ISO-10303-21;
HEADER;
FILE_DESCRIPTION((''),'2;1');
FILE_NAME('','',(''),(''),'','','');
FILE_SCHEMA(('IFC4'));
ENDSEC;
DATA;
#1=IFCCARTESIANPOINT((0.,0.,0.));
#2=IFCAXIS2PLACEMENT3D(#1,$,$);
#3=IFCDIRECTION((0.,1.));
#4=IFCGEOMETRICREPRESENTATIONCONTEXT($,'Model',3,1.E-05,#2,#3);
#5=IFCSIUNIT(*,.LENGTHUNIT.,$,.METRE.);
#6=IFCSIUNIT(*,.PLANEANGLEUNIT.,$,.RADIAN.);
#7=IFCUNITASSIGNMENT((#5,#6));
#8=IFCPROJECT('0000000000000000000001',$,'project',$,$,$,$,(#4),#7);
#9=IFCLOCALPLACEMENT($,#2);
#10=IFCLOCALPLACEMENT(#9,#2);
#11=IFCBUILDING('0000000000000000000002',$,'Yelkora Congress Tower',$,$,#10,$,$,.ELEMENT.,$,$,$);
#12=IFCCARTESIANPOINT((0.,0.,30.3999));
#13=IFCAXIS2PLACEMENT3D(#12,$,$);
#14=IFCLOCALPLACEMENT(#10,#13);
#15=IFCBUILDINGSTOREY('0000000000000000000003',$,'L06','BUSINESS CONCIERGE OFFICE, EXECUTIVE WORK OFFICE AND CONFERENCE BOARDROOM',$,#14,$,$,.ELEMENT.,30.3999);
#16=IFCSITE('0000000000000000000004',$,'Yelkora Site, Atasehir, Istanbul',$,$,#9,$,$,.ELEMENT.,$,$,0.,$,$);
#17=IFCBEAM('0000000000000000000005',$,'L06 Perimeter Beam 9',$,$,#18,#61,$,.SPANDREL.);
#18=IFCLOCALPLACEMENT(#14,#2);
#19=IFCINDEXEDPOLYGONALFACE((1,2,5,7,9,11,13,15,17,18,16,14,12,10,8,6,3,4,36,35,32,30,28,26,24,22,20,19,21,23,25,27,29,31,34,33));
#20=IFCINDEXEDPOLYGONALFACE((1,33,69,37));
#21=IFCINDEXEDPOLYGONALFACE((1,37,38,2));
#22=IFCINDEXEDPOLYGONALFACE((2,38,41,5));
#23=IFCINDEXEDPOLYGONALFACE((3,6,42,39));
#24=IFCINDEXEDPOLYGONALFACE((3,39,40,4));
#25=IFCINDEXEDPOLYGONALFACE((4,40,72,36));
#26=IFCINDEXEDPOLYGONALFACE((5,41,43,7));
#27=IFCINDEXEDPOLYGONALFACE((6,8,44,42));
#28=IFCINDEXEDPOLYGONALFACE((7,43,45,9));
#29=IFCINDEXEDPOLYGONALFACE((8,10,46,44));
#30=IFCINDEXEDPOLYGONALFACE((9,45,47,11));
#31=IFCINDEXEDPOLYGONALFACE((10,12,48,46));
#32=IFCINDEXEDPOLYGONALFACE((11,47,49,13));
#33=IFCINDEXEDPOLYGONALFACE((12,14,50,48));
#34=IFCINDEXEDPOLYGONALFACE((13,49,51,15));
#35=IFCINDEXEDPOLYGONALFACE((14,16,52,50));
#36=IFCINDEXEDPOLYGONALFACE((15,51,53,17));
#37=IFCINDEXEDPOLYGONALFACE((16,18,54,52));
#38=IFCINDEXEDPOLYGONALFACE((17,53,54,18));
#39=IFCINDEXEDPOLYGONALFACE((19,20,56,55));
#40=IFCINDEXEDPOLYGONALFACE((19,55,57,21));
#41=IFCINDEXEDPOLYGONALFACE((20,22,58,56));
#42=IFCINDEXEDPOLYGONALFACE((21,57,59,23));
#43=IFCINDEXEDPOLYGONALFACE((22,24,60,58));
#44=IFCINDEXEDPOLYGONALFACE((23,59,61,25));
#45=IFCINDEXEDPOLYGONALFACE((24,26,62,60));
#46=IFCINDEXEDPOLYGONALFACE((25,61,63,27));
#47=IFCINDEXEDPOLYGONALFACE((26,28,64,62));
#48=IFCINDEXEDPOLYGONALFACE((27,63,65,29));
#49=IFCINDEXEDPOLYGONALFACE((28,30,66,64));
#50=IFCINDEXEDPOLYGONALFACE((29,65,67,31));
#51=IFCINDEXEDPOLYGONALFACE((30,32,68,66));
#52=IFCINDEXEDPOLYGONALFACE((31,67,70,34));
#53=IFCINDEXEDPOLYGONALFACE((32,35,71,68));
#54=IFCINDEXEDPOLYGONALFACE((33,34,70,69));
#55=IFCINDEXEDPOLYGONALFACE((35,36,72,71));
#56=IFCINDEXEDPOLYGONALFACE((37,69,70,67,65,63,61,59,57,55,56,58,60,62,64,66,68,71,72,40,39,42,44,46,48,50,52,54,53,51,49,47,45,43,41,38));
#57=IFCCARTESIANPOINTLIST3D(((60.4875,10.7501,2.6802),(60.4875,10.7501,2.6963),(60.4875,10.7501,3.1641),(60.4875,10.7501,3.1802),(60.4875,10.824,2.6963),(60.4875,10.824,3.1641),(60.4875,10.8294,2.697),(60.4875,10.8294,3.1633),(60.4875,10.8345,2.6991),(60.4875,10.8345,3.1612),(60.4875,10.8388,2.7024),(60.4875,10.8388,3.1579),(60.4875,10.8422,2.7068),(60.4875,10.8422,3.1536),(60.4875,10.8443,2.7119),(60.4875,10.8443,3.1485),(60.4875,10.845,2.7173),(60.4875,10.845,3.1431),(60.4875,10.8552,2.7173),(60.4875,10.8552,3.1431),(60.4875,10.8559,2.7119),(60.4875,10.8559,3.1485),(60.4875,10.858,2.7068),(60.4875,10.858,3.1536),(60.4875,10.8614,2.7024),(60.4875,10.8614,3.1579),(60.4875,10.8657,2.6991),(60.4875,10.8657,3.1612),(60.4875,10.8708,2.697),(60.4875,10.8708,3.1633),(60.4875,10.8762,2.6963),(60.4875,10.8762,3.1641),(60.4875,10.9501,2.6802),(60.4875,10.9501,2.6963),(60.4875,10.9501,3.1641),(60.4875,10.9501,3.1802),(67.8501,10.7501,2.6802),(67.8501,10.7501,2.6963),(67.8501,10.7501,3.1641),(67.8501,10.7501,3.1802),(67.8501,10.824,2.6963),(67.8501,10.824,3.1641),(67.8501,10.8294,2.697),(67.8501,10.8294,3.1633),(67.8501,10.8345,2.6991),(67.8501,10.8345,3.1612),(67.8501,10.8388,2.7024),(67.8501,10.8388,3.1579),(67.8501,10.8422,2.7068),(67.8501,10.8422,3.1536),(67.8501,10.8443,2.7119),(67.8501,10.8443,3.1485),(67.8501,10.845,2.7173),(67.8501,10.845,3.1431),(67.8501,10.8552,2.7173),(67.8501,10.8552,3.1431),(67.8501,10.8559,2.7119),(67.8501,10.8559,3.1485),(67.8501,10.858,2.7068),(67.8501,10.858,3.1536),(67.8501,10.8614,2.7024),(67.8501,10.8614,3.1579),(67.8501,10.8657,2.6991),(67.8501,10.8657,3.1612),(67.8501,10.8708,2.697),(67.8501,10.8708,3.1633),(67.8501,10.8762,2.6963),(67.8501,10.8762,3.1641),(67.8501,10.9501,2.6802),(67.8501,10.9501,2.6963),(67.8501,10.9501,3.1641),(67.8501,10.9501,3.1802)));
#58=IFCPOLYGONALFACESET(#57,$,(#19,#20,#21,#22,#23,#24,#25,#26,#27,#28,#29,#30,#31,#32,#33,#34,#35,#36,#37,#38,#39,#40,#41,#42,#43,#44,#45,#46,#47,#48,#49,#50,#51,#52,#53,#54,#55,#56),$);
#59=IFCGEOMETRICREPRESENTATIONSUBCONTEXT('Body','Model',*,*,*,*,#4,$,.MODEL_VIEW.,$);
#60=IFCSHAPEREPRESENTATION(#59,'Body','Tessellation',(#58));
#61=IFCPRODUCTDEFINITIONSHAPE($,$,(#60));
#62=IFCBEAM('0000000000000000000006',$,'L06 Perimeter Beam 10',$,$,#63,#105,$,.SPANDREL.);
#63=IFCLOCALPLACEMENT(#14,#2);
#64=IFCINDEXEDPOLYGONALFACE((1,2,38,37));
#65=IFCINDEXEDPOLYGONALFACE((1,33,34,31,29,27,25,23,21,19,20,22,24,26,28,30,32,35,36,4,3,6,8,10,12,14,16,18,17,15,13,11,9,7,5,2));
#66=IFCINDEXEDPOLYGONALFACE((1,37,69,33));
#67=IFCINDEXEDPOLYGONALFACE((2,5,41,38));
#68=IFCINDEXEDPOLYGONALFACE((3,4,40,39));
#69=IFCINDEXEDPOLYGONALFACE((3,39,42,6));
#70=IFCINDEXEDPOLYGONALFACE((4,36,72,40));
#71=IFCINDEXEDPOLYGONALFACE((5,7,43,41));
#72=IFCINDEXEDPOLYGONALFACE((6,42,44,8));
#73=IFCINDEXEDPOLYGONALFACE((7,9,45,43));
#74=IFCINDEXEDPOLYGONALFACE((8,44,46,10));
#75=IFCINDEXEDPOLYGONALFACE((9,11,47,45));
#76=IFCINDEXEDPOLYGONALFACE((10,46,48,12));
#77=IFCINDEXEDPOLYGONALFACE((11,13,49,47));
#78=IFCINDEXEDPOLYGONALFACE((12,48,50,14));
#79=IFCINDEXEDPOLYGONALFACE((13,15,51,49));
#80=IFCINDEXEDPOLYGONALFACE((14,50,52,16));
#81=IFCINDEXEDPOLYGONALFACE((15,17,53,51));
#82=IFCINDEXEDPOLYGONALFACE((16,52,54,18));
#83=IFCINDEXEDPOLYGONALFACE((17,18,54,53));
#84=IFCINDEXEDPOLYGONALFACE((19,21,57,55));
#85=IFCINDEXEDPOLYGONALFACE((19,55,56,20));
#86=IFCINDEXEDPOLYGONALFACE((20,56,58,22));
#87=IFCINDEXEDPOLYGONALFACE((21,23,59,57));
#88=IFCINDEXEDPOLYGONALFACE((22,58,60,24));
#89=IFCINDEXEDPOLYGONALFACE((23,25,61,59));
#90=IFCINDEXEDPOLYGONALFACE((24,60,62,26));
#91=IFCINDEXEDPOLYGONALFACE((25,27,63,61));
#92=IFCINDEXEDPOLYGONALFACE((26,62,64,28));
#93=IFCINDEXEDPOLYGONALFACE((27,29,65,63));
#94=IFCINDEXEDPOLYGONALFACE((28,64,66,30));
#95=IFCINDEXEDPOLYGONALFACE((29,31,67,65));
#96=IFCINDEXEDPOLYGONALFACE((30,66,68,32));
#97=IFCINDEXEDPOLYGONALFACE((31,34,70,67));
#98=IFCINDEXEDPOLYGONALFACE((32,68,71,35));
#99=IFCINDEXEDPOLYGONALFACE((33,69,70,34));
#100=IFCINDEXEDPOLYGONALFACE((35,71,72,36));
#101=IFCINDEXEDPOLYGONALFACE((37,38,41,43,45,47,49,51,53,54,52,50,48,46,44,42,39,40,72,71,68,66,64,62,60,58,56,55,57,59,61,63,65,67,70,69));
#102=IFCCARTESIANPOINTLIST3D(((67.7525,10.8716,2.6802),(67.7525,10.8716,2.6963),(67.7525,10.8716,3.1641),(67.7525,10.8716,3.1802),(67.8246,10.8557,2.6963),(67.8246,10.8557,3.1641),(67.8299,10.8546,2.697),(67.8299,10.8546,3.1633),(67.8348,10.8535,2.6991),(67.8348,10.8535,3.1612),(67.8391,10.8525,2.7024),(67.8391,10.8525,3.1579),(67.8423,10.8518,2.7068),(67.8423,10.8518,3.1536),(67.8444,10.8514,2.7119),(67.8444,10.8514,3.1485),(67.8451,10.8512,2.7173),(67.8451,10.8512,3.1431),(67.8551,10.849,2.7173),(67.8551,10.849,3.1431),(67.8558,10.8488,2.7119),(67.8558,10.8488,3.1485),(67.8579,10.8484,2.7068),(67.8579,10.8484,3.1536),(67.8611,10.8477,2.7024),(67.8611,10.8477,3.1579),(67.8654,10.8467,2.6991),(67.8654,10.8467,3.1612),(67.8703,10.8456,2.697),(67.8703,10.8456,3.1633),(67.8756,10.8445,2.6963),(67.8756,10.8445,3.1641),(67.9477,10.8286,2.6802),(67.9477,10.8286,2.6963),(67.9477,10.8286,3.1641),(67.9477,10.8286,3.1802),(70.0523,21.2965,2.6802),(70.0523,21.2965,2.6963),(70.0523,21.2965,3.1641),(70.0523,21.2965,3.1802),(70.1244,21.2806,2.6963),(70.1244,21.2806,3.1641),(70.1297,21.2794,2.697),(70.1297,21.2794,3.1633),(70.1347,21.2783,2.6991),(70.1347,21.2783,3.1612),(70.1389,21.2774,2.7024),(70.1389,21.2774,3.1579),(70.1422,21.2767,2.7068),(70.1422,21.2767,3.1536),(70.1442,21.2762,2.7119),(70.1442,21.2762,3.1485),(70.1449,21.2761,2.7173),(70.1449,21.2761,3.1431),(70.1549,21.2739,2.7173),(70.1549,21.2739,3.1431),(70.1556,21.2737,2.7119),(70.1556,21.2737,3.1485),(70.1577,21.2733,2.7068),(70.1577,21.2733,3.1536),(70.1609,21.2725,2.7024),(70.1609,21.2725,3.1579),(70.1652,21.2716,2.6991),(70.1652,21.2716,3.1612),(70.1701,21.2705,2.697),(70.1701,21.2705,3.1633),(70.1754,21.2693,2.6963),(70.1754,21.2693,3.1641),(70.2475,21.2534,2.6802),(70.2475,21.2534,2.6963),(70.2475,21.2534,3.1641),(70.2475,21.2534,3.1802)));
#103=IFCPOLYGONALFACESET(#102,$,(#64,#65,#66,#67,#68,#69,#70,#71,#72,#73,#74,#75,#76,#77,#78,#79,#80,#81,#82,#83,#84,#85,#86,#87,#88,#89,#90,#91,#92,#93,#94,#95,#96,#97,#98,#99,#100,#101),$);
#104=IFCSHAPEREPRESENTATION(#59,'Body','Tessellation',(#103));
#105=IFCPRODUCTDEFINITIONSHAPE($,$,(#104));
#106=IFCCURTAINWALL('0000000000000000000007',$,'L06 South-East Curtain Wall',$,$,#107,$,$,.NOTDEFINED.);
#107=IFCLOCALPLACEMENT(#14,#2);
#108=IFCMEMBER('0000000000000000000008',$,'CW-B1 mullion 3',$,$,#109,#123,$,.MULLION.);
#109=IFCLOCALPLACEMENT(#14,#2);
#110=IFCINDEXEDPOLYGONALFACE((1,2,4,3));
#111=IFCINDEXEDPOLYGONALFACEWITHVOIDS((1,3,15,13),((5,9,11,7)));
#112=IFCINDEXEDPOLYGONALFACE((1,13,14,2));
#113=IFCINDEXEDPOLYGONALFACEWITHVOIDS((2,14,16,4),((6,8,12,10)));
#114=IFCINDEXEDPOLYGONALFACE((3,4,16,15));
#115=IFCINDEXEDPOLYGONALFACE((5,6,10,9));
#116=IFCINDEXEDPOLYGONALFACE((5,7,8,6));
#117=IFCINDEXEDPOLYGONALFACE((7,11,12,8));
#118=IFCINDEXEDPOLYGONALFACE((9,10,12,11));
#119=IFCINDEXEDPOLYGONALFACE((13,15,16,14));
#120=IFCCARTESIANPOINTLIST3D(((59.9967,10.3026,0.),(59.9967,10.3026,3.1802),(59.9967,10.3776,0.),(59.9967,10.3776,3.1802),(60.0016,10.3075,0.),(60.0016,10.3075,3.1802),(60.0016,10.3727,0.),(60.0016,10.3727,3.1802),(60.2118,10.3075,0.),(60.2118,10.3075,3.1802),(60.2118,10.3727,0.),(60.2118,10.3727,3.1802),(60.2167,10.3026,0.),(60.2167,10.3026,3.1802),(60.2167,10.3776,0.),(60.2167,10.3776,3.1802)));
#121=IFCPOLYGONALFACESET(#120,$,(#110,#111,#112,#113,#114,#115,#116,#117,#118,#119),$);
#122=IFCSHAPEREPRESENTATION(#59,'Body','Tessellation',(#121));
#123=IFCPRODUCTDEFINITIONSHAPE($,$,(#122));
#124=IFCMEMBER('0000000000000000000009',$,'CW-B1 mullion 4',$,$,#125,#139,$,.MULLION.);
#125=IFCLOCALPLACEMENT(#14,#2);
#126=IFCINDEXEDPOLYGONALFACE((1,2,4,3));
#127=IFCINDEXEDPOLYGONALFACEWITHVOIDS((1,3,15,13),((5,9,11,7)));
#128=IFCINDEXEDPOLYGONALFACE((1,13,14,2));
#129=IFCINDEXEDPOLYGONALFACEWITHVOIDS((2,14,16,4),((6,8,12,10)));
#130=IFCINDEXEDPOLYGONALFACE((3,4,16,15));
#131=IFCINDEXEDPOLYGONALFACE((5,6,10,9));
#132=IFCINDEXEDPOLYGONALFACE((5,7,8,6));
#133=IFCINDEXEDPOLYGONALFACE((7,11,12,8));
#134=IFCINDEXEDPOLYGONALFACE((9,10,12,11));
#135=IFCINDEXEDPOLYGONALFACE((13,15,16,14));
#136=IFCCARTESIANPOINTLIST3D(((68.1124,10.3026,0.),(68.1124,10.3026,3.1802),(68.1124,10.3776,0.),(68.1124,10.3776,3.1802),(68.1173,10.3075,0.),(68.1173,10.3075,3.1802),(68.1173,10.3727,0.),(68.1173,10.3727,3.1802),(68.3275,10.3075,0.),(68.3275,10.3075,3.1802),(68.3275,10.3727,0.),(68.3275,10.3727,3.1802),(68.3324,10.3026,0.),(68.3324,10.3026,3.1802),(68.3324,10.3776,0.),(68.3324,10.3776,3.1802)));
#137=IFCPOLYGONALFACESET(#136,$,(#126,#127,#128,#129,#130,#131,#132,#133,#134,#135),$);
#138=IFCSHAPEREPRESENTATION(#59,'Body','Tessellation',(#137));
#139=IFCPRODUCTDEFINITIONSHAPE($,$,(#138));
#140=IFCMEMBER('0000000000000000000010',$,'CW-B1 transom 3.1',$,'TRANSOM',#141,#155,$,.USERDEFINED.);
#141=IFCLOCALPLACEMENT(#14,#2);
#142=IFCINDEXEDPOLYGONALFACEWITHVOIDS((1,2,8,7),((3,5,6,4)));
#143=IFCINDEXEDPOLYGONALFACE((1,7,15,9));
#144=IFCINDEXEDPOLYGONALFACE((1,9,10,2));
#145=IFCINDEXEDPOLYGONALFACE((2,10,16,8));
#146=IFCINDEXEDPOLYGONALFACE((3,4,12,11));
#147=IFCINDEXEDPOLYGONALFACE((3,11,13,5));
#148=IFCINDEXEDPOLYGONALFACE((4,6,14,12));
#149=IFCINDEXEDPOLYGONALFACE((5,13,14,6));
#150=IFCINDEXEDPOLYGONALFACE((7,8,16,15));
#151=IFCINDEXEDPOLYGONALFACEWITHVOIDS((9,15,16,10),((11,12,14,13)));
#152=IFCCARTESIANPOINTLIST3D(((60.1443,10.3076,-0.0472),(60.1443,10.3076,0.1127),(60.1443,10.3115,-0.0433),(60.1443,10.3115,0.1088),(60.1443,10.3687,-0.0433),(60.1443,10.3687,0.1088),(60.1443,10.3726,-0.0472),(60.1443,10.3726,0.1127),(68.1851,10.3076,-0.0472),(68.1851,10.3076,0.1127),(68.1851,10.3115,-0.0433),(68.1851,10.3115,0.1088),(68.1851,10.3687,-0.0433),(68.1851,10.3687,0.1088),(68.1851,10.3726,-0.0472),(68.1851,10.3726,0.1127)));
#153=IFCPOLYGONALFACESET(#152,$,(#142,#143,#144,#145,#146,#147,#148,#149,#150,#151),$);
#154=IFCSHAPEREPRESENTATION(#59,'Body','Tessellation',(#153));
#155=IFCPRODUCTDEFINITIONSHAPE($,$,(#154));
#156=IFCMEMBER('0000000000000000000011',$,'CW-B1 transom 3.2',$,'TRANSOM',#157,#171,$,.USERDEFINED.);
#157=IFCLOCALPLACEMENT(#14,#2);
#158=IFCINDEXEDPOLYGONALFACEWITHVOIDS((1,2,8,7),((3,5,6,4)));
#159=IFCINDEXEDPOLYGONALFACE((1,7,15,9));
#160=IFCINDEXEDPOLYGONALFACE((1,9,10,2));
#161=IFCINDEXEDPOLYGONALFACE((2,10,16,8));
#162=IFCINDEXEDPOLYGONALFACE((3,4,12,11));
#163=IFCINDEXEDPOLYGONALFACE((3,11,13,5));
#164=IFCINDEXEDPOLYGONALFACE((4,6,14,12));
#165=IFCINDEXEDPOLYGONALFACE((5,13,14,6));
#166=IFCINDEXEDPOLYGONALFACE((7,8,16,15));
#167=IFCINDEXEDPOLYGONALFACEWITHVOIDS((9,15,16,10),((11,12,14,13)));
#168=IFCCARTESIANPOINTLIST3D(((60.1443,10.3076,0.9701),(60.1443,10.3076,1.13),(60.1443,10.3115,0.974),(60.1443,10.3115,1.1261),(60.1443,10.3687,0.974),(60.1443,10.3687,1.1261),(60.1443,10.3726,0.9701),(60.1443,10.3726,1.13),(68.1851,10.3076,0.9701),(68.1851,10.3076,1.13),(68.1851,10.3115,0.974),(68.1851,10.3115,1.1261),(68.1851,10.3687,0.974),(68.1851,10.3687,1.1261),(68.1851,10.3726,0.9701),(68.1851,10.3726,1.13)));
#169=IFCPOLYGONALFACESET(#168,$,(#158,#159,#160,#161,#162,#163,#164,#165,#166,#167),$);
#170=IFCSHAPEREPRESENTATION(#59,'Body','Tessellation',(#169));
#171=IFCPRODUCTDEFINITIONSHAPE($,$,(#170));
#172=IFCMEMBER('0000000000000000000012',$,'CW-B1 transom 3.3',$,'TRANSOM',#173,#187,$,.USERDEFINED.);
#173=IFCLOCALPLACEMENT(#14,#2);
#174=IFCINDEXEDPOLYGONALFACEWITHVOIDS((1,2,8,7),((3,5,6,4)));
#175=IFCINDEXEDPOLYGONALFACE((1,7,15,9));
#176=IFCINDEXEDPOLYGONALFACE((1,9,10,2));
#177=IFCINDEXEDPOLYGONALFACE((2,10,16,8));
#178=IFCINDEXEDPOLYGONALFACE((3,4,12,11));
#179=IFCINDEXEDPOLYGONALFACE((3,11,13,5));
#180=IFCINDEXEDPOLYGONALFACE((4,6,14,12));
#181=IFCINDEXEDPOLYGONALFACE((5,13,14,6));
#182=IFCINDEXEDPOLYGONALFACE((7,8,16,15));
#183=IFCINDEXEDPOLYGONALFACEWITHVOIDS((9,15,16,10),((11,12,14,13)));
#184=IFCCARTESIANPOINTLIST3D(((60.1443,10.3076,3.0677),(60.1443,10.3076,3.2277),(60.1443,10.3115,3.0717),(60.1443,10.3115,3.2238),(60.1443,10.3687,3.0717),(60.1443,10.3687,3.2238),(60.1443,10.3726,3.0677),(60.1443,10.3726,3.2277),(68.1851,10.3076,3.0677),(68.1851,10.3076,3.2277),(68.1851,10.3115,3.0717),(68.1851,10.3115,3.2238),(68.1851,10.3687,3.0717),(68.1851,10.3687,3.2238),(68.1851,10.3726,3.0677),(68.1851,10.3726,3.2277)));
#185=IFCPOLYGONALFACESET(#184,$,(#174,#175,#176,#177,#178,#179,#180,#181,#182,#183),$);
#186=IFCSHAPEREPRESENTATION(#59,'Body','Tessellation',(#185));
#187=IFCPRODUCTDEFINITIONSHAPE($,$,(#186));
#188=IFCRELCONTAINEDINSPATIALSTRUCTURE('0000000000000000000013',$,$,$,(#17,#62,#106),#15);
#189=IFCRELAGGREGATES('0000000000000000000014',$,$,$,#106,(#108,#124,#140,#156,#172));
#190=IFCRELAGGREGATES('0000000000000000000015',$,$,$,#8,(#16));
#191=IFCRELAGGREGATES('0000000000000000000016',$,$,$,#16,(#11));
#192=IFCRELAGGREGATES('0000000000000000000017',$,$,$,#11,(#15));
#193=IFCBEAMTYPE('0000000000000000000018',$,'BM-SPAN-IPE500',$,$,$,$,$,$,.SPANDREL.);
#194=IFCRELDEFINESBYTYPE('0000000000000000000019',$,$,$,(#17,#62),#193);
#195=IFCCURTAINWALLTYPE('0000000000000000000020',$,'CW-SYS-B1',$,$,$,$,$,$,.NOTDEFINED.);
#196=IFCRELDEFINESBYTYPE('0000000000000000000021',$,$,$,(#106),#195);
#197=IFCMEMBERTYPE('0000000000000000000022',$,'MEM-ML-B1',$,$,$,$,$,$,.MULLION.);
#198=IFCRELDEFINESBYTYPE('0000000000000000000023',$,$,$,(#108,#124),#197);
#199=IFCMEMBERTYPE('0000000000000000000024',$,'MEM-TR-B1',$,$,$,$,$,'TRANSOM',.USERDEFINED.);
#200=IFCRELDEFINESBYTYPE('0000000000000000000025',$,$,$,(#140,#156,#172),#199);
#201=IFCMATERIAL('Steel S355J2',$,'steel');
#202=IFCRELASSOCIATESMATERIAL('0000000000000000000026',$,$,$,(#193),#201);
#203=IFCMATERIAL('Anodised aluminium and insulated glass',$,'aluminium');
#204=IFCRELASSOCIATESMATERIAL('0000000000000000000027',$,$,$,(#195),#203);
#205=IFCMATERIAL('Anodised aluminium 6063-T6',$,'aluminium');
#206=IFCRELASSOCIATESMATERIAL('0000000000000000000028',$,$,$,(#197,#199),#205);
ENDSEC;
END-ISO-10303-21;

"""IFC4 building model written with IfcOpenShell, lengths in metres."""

from ifc_helpers import new_model, si_unit, direction, frame, origin, origin_2d, place, context, subcontext, project, spatial, hollow_rectangle, i_section, extrude, material, material_profile, profile_set, type_object, element, aggregate, save


model = new_model("IFC4")

# Units and contexts
model_context = context("Model", 3, precision=1e-05, world=origin(), true_north=direction((0.0, 1.0)))
body_context = subcontext(model_context, "Body", "Model", "MODEL_VIEW")
ifc_project = project(units=[si_unit("LENGTHUNIT", "METRE"), si_unit("PLANEANGLEUNIT", "RADIAN")], contexts=[model_context])

# Site, building, storey
site_placement = place(None, origin())
site = spatial("IfcSite", under=ifc_project, at=site_placement, Name="Yelkora Site, Atasehir, Istanbul", CompositionType="ELEMENT", RefElevation=0.0)
building_placement = place(site_placement, origin())
building = spatial("IfcBuilding", under=site, at=building_placement, Name="Yelkora Congress Tower", CompositionType="ELEMENT")
storey_placement = place(building_placement, frame((0.0, 0.0, 30.3999)))
storey = spatial("IfcBuildingStorey", under=building, at=storey_placement, Name="L06", Description="BUSINESS CONCIERGE OFFICE, EXECUTIVE WORK OFFICE AND CONFERENCE BOARDROOM", CompositionType="ELEMENT", Elevation=30.3999)

# Beams
ifc_material_1 = material(Name="Steel S355J2", Category="steel")
ifc_material_profile_1 = material_profile(ifc_material_1, i_section(OverallWidth=0.2, OverallDepth=0.5, WebThickness=0.0103, FlangeThickness=0.0161, FilletRadius=0.021, at=origin_2d()), Name="IPE 500")
ifc_profile_set_1 = profile_set([ifc_material_profile_1], Name="Steel S355J2")
beam_type_1 = type_object("IfcBeamType", Name="BM-SPAN-IPE500", PredefinedType="SPANDREL", material=ifc_profile_set_1)
beam_1_placement = place(storey_placement, frame((60.4875, 10.8501, 2.9302), z_axis=(1.0, 0.0, 0.0), x_axis=(0.0, 1.0, 0.0)))
element("IfcBeam", 1, at=beam_1_placement, inside=storey, type_object=beam_type_1, Name="L06 Perimeter Beam 9", PredefinedType="SPANDREL", context=body_context, shape_type="SweptSolid", body=[
    extrude(i_section(OverallWidth=0.2, OverallDepth=0.5, WebThickness=0.0103, FlangeThickness=0.0161, FilletRadius=0.021, at=origin_2d()), origin(), (0.0, 0.0, 1.0), 7.3625),
])
beam_2_placement = place(storey_placement, frame((67.8501, 10.8501, 2.9302), z_axis=(0.215429, 0.97652, 0.0), x_axis=(-0.97652, 0.215429, 0.0)))
element("IfcBeam", 2, at=beam_2_placement, inside=storey, type_object=beam_type_1, Name="L06 Perimeter Beam 10", PredefinedType="SPANDREL", context=body_context, shape_type="SweptSolid", body=[
    extrude(i_section(OverallWidth=0.2, OverallDepth=0.5, WebThickness=0.0103, FlangeThickness=0.0161, FilletRadius=0.021, at=origin_2d()), origin(), (0.0, 0.0, 1.0), 10.6755),
])

# Curtain wall, members
ifc_material_2 = material(Name="Anodised aluminium and insulated glass", Category="aluminium")
curtain_wall_type = type_object("IfcCurtainWallType", Name="CW-SYS-B1", PredefinedType="NOTDEFINED", material=ifc_material_2)
curtain_wall_placement = place(storey_placement, origin())
curtain_wall = element("IfcCurtainWall", 3, at=curtain_wall_placement, inside=storey, type_object=curtain_wall_type, Name="L06 South-East Curtain Wall", PredefinedType="NOTDEFINED")
ifc_material_3 = material(Name="Anodised aluminium 6063-T6", Category="aluminium")
ifc_material_profile_2 = material_profile(ifc_material_3, hollow_rectangle(XDim=0.075, YDim=0.22, WallThickness=0.0049, at=origin_2d()), Name="ALU 75x220x5")
ifc_profile_set_2 = profile_set([ifc_material_profile_2], Name="Anodised aluminium 6063-T6")
member_type_1 = type_object("IfcMemberType", Name="MEM-ML-B1", PredefinedType="MULLION", material=ifc_profile_set_2)
member_1_placement = place(storey_placement, frame((60.1067, 10.3401, 0.0), z_axis=(0.0, 0.0, 1.0), x_axis=(0.0, 1.0, 0.0)))
member_1 = element("IfcMember", 4, at=member_1_placement, type_object=member_type_1, Name="CW-B1 mullion 3", PredefinedType="MULLION", context=body_context, shape_type="SweptSolid", body=[
    extrude(hollow_rectangle(XDim=0.075, YDim=0.22, WallThickness=0.0049, at=origin_2d()), origin(), (0.0, 0.0, 1.0), 3.1802),
])
member_2_placement = place(storey_placement, frame((68.2224, 10.3401, 0.0), z_axis=(0.0, 0.0, 1.0), x_axis=(0.0, 1.0, 0.0)))
member_2 = element("IfcMember", 5, at=member_2_placement, type_object=member_type_1, Name="CW-B1 mullion 4", PredefinedType="MULLION", context=body_context, shape_type="SweptSolid", body=[
    extrude(hollow_rectangle(XDim=0.075, YDim=0.22, WallThickness=0.0049, at=origin_2d()), origin(), (0.0, 0.0, 1.0), 3.1802),
])
ifc_material_profile_3 = material_profile(ifc_material_3, hollow_rectangle(XDim=0.0649, YDim=0.1599, WallThickness=0.0039, at=origin_2d()), Name="ALU 65x160x4")
ifc_profile_set_3 = profile_set([ifc_material_profile_3], Name="Anodised aluminium 6063-T6")
member_type_2 = type_object("IfcMemberType", Name="MEM-TR-B1", ElementType="TRANSOM", PredefinedType="USERDEFINED", material=ifc_profile_set_3)
member_3_placement = place(storey_placement, frame((60.1443, 10.3401, 0.0327), z_axis=(1.0, 0.0, 0.0), x_axis=(0.0, 1.0, 0.0)))
member_3 = element("IfcMember", 6, at=member_3_placement, type_object=member_type_2, Name="CW-B1 transom 3.1", ObjectType="TRANSOM", PredefinedType="USERDEFINED", context=body_context, shape_type="SweptSolid", body=[
    extrude(hollow_rectangle(XDim=0.0649, YDim=0.1599, WallThickness=0.0039, at=origin_2d()), origin(), (0.0, 0.0, 1.0), 8.0408),
])
member_4_placement = place(storey_placement, frame((60.1443, 10.3401, 1.05), z_axis=(1.0, 0.0, 0.0), x_axis=(0.0, 1.0, 0.0)))
member_4 = element("IfcMember", 7, at=member_4_placement, type_object=member_type_2, Name="CW-B1 transom 3.2", ObjectType="TRANSOM", PredefinedType="USERDEFINED", context=body_context, shape_type="SweptSolid", body=[
    extrude(hollow_rectangle(XDim=0.0649, YDim=0.1599, WallThickness=0.0039, at=origin_2d()), origin(), (0.0, 0.0, 1.0), 8.0408),
])
member_5_placement = place(storey_placement, frame((60.1443, 10.3401, 3.1477), z_axis=(1.0, 0.0, 0.0), x_axis=(0.0, 1.0, 0.0)))
member_5 = element("IfcMember", 8, at=member_5_placement, type_object=member_type_2, Name="CW-B1 transom 3.3", ObjectType="TRANSOM", PredefinedType="USERDEFINED", context=body_context, shape_type="SweptSolid", body=[
    extrude(hollow_rectangle(XDim=0.0649, YDim=0.1599, WallThickness=0.0039, at=origin_2d()), origin(), (0.0, 0.0, 1.0), 8.0408),
])
aggregate(curtain_wall, [member_1, member_2, member_3, member_4, member_5])

save(model, "model.ifc")
